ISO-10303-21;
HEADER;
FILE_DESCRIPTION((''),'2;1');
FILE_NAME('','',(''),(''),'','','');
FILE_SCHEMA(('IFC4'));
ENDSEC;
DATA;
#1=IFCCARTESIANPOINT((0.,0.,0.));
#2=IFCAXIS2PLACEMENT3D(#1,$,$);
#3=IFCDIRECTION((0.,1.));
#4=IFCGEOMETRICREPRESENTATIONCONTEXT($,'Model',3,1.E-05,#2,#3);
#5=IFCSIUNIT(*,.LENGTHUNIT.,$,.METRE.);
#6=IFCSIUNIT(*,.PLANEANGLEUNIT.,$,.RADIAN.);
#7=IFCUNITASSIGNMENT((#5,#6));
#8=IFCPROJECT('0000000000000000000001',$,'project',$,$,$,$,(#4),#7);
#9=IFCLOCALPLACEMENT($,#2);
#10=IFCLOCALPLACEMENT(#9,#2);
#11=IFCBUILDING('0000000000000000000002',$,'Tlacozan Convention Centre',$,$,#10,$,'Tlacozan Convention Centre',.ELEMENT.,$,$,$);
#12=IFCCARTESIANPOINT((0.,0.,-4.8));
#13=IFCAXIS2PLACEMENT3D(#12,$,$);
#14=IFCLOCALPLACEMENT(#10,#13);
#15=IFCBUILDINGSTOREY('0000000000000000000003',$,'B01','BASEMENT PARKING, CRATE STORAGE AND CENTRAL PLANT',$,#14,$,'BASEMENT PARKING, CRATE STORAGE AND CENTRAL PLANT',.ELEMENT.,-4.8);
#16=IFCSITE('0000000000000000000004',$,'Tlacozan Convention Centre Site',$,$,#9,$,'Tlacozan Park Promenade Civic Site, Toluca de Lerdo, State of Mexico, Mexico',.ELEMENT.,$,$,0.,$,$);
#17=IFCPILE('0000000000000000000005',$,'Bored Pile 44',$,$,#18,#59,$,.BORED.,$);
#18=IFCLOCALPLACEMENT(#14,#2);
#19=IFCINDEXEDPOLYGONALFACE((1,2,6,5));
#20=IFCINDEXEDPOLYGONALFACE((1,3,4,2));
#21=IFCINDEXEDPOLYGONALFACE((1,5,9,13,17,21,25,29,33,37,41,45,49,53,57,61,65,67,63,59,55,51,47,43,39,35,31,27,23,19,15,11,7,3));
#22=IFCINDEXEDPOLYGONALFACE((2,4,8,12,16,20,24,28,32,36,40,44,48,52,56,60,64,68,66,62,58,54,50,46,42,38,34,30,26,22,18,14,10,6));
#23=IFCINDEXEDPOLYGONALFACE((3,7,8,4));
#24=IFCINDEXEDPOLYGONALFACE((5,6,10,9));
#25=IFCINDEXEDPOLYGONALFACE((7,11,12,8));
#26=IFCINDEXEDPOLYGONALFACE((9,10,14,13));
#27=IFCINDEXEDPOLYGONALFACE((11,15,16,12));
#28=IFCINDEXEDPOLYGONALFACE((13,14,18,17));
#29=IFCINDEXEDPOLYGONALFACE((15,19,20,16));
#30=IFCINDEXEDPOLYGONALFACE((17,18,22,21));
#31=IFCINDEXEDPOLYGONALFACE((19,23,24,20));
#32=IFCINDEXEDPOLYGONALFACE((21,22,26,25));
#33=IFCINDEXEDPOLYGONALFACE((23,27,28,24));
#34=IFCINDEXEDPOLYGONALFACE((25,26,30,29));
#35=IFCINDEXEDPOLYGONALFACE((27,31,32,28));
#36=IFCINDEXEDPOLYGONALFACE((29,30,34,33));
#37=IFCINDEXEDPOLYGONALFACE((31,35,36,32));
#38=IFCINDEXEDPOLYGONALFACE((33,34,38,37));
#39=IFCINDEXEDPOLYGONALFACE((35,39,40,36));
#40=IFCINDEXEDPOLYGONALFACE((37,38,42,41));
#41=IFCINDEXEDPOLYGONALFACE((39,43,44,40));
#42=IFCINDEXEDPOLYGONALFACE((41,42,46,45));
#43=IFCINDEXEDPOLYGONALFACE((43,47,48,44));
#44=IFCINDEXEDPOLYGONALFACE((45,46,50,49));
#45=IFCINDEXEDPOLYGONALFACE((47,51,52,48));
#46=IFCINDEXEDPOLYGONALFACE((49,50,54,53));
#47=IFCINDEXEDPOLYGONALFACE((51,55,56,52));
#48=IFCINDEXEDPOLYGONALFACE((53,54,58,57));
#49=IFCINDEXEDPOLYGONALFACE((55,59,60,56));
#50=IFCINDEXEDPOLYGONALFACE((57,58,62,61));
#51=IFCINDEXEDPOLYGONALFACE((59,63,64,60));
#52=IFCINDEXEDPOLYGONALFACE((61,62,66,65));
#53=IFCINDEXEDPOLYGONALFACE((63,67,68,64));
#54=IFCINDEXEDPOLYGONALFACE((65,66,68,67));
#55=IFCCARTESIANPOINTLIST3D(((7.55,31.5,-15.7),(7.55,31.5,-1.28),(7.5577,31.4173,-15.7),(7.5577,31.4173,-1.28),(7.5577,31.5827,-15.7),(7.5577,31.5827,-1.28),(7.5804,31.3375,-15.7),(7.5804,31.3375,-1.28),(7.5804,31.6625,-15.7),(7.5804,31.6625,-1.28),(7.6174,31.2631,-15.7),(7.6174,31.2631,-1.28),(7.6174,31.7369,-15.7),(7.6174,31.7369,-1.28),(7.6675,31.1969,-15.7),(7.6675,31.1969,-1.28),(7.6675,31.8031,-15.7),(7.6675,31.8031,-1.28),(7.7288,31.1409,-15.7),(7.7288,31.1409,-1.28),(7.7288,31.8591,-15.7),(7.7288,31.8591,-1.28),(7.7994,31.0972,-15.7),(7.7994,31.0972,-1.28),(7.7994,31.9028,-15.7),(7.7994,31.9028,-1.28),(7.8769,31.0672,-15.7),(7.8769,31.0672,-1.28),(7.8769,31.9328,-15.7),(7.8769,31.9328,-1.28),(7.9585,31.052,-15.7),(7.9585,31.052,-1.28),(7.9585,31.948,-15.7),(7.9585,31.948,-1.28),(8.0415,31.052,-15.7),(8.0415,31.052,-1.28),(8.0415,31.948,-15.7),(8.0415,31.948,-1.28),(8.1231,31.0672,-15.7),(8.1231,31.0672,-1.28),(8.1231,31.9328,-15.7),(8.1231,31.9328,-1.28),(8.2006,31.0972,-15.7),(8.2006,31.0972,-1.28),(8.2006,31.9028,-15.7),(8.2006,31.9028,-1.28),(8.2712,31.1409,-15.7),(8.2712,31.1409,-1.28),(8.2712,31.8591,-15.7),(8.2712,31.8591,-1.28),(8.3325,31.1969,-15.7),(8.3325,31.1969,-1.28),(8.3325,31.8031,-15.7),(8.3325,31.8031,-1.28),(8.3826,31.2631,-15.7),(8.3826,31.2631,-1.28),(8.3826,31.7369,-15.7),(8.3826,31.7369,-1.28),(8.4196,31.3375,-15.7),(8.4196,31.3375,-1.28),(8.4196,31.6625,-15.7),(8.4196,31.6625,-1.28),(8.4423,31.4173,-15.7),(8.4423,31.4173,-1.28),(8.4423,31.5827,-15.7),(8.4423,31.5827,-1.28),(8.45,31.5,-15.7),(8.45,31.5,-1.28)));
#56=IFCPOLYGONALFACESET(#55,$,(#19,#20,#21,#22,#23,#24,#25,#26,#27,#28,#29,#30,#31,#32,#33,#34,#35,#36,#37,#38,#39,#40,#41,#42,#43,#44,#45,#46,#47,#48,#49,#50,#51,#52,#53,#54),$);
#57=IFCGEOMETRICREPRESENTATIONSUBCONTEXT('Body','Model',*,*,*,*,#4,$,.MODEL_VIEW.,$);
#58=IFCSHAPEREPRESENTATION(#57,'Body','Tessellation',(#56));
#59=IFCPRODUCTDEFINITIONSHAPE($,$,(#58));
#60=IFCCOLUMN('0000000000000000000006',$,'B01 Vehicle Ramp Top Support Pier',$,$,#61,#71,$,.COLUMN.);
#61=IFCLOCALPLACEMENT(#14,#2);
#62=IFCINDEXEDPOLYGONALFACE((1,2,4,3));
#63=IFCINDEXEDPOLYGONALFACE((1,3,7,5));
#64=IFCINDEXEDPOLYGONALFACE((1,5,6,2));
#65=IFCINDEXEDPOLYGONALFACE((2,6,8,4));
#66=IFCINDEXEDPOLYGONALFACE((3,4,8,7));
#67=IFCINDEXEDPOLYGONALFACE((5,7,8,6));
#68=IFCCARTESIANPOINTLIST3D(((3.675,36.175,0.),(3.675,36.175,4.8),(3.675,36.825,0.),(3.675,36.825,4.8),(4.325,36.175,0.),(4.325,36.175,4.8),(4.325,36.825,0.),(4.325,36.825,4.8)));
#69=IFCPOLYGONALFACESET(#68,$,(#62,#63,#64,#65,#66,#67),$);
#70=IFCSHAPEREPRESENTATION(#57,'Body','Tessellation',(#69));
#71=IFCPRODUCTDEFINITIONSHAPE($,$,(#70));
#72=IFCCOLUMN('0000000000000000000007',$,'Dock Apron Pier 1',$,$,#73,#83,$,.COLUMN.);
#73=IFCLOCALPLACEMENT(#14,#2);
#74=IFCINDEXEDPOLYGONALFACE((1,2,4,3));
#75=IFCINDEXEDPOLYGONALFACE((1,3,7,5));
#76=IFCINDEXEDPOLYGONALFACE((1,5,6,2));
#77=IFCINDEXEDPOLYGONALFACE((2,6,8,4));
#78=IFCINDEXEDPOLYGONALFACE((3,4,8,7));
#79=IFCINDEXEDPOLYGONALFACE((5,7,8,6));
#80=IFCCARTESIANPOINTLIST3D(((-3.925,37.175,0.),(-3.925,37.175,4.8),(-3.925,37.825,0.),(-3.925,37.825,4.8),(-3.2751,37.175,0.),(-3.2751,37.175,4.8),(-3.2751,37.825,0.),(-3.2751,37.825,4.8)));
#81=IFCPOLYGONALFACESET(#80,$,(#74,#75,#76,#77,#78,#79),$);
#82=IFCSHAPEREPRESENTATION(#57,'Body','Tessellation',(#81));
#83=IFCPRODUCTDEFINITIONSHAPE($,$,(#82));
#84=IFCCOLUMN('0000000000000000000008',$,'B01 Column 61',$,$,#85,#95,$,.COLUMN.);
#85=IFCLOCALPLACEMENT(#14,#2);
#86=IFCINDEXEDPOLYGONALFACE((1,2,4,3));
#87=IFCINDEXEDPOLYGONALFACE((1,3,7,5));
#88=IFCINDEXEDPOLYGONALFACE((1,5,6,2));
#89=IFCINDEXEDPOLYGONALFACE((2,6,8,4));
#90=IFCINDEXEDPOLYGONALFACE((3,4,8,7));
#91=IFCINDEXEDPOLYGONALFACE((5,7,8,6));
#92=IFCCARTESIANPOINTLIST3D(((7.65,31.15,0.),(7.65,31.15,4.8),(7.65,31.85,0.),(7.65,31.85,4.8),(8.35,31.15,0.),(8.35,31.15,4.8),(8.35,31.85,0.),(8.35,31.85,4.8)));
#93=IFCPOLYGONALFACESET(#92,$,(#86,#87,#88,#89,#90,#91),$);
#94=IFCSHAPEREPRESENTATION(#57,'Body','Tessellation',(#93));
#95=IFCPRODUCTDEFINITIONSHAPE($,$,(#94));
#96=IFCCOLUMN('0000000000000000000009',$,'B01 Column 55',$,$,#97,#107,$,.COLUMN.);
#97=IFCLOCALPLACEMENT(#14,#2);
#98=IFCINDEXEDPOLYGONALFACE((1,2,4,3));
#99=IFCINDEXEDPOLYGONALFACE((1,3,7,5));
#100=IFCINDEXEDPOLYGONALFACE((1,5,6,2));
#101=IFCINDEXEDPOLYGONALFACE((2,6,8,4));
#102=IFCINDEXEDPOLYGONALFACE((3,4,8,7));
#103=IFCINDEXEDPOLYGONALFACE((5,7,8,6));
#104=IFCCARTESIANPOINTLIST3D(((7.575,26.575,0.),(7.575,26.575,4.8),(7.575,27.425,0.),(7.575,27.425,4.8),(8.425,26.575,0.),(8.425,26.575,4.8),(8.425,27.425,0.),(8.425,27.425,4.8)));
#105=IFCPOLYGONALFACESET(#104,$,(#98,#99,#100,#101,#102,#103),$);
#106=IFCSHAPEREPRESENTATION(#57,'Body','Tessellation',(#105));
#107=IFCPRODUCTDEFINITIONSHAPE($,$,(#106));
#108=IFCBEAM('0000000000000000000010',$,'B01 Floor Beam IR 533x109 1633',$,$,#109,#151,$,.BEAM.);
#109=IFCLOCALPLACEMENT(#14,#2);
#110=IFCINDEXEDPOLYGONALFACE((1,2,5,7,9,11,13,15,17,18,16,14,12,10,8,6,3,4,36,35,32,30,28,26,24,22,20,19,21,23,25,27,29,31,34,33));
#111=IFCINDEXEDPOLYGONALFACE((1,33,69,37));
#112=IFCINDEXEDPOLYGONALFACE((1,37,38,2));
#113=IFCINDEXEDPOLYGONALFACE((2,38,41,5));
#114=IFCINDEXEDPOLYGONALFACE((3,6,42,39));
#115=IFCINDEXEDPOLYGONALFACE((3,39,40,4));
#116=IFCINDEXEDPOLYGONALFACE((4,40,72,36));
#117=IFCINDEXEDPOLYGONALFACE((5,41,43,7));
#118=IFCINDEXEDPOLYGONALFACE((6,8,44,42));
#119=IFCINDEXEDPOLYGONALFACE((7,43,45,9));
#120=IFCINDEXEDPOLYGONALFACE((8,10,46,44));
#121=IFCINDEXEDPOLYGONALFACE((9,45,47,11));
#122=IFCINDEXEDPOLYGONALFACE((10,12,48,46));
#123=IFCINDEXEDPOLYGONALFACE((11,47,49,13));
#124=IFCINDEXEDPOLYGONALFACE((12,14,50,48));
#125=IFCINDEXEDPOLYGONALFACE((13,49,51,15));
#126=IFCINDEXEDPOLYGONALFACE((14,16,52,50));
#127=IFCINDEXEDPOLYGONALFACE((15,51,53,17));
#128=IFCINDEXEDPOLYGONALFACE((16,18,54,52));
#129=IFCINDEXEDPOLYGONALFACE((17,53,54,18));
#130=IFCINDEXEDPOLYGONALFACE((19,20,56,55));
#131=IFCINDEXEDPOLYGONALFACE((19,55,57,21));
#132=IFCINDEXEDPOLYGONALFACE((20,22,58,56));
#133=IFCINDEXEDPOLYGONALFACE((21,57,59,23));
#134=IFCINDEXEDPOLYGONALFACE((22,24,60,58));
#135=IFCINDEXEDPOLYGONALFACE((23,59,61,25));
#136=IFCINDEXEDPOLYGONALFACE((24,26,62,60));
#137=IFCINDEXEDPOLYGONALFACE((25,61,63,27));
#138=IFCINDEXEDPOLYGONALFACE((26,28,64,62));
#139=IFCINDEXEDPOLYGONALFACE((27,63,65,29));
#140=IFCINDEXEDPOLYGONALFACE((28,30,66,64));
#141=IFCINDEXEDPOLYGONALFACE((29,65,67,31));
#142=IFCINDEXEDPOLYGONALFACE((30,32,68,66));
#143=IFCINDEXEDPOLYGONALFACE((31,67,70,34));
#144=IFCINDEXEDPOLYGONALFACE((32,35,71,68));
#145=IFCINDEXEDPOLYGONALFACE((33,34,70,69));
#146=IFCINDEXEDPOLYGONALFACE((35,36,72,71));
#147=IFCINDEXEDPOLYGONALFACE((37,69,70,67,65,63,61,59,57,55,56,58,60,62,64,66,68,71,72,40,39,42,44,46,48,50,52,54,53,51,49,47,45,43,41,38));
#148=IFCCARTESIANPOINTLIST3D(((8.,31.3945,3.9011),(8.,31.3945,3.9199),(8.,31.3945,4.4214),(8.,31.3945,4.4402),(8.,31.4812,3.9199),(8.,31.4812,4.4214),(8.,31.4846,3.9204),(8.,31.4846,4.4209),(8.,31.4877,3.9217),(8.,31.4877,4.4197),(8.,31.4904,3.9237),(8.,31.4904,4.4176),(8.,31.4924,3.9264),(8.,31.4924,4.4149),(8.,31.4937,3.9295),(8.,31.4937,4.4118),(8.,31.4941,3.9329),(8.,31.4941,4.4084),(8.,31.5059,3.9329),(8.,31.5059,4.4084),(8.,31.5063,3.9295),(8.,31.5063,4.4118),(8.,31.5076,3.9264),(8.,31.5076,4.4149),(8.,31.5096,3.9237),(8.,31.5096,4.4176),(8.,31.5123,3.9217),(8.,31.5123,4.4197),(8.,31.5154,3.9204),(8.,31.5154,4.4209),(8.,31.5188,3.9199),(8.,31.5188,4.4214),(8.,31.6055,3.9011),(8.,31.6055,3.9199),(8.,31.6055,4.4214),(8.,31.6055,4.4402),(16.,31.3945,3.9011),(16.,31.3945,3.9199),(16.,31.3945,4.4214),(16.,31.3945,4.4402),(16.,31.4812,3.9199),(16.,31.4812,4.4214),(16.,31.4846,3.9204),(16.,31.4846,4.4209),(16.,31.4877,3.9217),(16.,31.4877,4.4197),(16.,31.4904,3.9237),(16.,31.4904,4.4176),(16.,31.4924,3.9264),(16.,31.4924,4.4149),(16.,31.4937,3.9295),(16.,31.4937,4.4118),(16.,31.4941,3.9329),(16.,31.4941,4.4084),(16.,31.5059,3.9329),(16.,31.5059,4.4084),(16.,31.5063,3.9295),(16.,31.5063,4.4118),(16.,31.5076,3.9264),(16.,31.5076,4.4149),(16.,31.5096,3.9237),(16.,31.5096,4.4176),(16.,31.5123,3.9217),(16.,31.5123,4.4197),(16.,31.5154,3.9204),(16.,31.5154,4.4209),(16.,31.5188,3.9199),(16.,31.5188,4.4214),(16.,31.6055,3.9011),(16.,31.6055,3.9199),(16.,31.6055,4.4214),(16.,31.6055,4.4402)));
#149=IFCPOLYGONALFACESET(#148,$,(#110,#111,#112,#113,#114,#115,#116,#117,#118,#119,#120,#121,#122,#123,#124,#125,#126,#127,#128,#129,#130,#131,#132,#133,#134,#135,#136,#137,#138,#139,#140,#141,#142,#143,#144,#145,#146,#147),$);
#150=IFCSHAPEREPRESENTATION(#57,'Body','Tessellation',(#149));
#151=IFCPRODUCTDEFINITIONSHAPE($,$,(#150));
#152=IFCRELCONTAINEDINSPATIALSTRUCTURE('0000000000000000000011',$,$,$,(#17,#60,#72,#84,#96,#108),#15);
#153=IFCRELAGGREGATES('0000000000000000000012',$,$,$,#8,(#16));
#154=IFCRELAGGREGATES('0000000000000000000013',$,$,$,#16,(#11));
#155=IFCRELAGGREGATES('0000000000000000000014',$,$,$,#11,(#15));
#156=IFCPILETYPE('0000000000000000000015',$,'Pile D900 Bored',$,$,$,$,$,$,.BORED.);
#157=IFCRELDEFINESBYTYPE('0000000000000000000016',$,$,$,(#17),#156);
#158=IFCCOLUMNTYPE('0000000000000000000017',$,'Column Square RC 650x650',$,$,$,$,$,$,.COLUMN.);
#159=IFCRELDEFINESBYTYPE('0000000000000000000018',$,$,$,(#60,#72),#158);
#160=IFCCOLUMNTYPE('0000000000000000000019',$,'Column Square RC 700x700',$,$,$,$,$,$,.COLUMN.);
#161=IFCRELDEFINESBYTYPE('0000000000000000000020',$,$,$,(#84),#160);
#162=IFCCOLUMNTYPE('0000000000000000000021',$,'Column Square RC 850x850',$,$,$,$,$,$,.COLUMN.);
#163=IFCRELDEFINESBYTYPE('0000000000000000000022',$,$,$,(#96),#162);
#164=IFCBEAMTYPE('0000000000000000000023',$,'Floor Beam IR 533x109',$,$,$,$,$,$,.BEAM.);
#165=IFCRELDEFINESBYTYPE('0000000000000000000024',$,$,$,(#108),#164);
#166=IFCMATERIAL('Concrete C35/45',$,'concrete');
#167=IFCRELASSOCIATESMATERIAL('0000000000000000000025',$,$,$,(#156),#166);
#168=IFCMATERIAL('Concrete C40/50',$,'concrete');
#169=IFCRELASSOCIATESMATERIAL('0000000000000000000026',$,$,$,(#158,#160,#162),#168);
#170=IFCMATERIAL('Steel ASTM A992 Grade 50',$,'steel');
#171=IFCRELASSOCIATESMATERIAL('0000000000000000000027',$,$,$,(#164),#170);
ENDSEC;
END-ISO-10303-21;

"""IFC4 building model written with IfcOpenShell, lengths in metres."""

from ifc_helpers import new_model, si_unit, direction, frame, origin, origin_2d, place, context, subcontext, project, spatial, rectangle, circle, i_section, extrude, material, material_profile, profile_set, type_object, element, save


model = new_model("IFC4")

# Units and contexts
model_context = context("Model", 3, precision=1e-05, world=origin(), true_north=direction((0.0, 1.0)))
body_context = subcontext(model_context, "Body", "Model", "MODEL_VIEW")
ifc_project = project(units=[si_unit("LENGTHUNIT", "METRE"), si_unit("PLANEANGLEUNIT", "RADIAN")], contexts=[model_context])

# Site, building, storey
site_placement = place(None, origin())
site = spatial("IfcSite", under=ifc_project, at=site_placement, Name="Tlacozan Convention Centre Site", LongName="Tlacozan Park Promenade Civic Site, Toluca de Lerdo, State of Mexico, Mexico", CompositionType="ELEMENT", RefElevation=0.0)
building_placement = place(site_placement, origin())
building = spatial("IfcBuilding", under=site, at=building_placement, Name="Tlacozan Convention Centre", LongName="Tlacozan Convention Centre", CompositionType="ELEMENT")
storey_placement = place(building_placement, frame((0.0, 0.0, -4.8)))
storey = spatial("IfcBuildingStorey", under=building, at=storey_placement, Name="B01", Description="BASEMENT PARKING, CRATE STORAGE AND CENTRAL PLANT", LongName="BASEMENT PARKING, CRATE STORAGE AND CENTRAL PLANT", CompositionType="ELEMENT", Elevation=-4.8)

# Shared definitions
ifc_material_1 = material(Name="Concrete C35/45", Category="concrete")

# Pile
ifc_material_profile_1 = material_profile(ifc_material_1, circle(Radius=0.45, at=origin_2d()), Name="PILE D900")
ifc_profile_set_1 = profile_set([ifc_material_profile_1], Name="Concrete C35/45")
pile_type_1 = type_object("IfcPileType", Name="Pile D900 Bored", PredefinedType="BORED", material=ifc_profile_set_1)
pile_1_placement = place(storey_placement, frame((8.0, 31.5, -1.28), z_axis=(0.0, 0.0, -1.0), x_axis=(1.0, 0.0, 0.0)))
element("IfcPile", 1, at=pile_1_placement, inside=storey, type_object=pile_type_1, Name="Bored Pile 44", PredefinedType="BORED", context=body_context, shape_type="SweptSolid", body=[
    extrude(circle(Radius=0.45, at=origin_2d()), origin(), (0.0, 0.0, 1.0), 14.4199),
])

# Columns
ifc_material_2 = material(Name="Concrete C40/50", Category="concrete")
ifc_material_profile_2 = material_profile(ifc_material_2, rectangle(XDim=0.6499, YDim=0.6499, at=origin_2d()), Name="RC 650x650")
ifc_profile_set_2 = profile_set([ifc_material_profile_2], Name="Concrete C40/50")
column_type_1 = type_object("IfcColumnType", Name="Column Square RC 650x650", PredefinedType="COLUMN", material=ifc_profile_set_2)
for number, where, z_axis, x_axis, name in (
    (2, (4.0, 36.5, 0.0), (0.0, 0.0, 1.0), (1.0, 0.0, 0.0), "B01 Vehicle Ramp Top Support Pier"),
    (3, (-3.6001, 37.5, 0.0), (0.0, 0.0, 1.0), (1.0, 0.0, 0.0), "Dock Apron Pier 1"),
):
    element("IfcColumn", number, at=place(storey_placement, frame(where, z_axis=z_axis, x_axis=x_axis)), inside=storey, type_object=column_type_1, Name=name, PredefinedType="COLUMN", context=body_context, shape_type="SweptSolid", body=[
        extrude(rectangle(XDim=0.6499, YDim=0.6499, at=origin_2d()), origin(), (0.0, 0.0, 1.0), 4.8),
    ])
ifc_material_profile_3 = material_profile(ifc_material_2, rectangle(XDim=0.7, YDim=0.7, at=origin_2d()), Name="RC 700x700")
ifc_profile_set_3 = profile_set([ifc_material_profile_3], Name="Concrete C40/50")
column_type_2 = type_object("IfcColumnType", Name="Column Square RC 700x700", PredefinedType="COLUMN", material=ifc_profile_set_3)
column_1_placement = place(storey_placement, frame((8.0, 31.5, 0.0), z_axis=(0.0, 0.0, 1.0), x_axis=(1.0, 0.0, 0.0)))
element("IfcColumn", 4, at=column_1_placement, inside=storey, type_object=column_type_2, Name="B01 Column 61", PredefinedType="COLUMN", context=body_context, shape_type="SweptSolid", body=[
    extrude(rectangle(XDim=0.7, YDim=0.7, at=origin_2d()), origin(), (0.0, 0.0, 1.0), 4.8),
])
ifc_material_profile_4 = material_profile(ifc_material_2, rectangle(XDim=0.8501, YDim=0.8501, at=origin_2d()), Name="RC 850x850")
ifc_profile_set_4 = profile_set([ifc_material_profile_4], Name="Concrete C40/50")
column_type_3 = type_object("IfcColumnType", Name="Column Square RC 850x850", PredefinedType="COLUMN", material=ifc_profile_set_4)
column_2_placement = place(storey_placement, frame((8.0, 27.0, 0.0), z_axis=(0.0, 0.0, 1.0), x_axis=(1.0, 0.0, 0.0)))
element("IfcColumn", 5, at=column_2_placement, inside=storey, type_object=column_type_3, Name="B01 Column 55", PredefinedType="COLUMN", context=body_context, shape_type="SweptSolid", body=[
    extrude(rectangle(XDim=0.8501, YDim=0.8501, at=origin_2d()), origin(), (0.0, 0.0, 1.0), 4.8),
])

# Beam
ifc_material_3 = material(Name="Steel ASTM A992 Grade 50", Category="steel")
ifc_material_profile_5 = material_profile(ifc_material_3, i_section(OverallWidth=0.2109, OverallDepth=0.5391, WebThickness=0.0117, FlangeThickness=0.0188, FilletRadius=0.0129, at=origin_2d()), Name="IR 533x109.0")
ifc_profile_set_5 = profile_set([ifc_material_profile_5], Name="Steel ASTM A992 Grade 50")
beam_type_1 = type_object("IfcBeamType", Name="Floor Beam IR 533x109", PredefinedType="BEAM", material=ifc_profile_set_5)
beam_1_placement = place(storey_placement, frame((8.0, 31.5, 4.1707), z_axis=(1.0, 0.0, 0.0), x_axis=(0.0, 1.0, 0.0)))
element("IfcBeam", 6, at=beam_1_placement, inside=storey, type_object=beam_type_1, Name="B01 Floor Beam IR 533x109 1633", PredefinedType="BEAM", context=body_context, shape_type="SweptSolid", body=[
    extrude(i_section(OverallWidth=0.2109, OverallDepth=0.5391, WebThickness=0.0117, FlangeThickness=0.0188, FilletRadius=0.0129, at=origin_2d()), origin(), (0.0, 0.0, 1.0), 8.0),
])

save(model, "model.ifc")
